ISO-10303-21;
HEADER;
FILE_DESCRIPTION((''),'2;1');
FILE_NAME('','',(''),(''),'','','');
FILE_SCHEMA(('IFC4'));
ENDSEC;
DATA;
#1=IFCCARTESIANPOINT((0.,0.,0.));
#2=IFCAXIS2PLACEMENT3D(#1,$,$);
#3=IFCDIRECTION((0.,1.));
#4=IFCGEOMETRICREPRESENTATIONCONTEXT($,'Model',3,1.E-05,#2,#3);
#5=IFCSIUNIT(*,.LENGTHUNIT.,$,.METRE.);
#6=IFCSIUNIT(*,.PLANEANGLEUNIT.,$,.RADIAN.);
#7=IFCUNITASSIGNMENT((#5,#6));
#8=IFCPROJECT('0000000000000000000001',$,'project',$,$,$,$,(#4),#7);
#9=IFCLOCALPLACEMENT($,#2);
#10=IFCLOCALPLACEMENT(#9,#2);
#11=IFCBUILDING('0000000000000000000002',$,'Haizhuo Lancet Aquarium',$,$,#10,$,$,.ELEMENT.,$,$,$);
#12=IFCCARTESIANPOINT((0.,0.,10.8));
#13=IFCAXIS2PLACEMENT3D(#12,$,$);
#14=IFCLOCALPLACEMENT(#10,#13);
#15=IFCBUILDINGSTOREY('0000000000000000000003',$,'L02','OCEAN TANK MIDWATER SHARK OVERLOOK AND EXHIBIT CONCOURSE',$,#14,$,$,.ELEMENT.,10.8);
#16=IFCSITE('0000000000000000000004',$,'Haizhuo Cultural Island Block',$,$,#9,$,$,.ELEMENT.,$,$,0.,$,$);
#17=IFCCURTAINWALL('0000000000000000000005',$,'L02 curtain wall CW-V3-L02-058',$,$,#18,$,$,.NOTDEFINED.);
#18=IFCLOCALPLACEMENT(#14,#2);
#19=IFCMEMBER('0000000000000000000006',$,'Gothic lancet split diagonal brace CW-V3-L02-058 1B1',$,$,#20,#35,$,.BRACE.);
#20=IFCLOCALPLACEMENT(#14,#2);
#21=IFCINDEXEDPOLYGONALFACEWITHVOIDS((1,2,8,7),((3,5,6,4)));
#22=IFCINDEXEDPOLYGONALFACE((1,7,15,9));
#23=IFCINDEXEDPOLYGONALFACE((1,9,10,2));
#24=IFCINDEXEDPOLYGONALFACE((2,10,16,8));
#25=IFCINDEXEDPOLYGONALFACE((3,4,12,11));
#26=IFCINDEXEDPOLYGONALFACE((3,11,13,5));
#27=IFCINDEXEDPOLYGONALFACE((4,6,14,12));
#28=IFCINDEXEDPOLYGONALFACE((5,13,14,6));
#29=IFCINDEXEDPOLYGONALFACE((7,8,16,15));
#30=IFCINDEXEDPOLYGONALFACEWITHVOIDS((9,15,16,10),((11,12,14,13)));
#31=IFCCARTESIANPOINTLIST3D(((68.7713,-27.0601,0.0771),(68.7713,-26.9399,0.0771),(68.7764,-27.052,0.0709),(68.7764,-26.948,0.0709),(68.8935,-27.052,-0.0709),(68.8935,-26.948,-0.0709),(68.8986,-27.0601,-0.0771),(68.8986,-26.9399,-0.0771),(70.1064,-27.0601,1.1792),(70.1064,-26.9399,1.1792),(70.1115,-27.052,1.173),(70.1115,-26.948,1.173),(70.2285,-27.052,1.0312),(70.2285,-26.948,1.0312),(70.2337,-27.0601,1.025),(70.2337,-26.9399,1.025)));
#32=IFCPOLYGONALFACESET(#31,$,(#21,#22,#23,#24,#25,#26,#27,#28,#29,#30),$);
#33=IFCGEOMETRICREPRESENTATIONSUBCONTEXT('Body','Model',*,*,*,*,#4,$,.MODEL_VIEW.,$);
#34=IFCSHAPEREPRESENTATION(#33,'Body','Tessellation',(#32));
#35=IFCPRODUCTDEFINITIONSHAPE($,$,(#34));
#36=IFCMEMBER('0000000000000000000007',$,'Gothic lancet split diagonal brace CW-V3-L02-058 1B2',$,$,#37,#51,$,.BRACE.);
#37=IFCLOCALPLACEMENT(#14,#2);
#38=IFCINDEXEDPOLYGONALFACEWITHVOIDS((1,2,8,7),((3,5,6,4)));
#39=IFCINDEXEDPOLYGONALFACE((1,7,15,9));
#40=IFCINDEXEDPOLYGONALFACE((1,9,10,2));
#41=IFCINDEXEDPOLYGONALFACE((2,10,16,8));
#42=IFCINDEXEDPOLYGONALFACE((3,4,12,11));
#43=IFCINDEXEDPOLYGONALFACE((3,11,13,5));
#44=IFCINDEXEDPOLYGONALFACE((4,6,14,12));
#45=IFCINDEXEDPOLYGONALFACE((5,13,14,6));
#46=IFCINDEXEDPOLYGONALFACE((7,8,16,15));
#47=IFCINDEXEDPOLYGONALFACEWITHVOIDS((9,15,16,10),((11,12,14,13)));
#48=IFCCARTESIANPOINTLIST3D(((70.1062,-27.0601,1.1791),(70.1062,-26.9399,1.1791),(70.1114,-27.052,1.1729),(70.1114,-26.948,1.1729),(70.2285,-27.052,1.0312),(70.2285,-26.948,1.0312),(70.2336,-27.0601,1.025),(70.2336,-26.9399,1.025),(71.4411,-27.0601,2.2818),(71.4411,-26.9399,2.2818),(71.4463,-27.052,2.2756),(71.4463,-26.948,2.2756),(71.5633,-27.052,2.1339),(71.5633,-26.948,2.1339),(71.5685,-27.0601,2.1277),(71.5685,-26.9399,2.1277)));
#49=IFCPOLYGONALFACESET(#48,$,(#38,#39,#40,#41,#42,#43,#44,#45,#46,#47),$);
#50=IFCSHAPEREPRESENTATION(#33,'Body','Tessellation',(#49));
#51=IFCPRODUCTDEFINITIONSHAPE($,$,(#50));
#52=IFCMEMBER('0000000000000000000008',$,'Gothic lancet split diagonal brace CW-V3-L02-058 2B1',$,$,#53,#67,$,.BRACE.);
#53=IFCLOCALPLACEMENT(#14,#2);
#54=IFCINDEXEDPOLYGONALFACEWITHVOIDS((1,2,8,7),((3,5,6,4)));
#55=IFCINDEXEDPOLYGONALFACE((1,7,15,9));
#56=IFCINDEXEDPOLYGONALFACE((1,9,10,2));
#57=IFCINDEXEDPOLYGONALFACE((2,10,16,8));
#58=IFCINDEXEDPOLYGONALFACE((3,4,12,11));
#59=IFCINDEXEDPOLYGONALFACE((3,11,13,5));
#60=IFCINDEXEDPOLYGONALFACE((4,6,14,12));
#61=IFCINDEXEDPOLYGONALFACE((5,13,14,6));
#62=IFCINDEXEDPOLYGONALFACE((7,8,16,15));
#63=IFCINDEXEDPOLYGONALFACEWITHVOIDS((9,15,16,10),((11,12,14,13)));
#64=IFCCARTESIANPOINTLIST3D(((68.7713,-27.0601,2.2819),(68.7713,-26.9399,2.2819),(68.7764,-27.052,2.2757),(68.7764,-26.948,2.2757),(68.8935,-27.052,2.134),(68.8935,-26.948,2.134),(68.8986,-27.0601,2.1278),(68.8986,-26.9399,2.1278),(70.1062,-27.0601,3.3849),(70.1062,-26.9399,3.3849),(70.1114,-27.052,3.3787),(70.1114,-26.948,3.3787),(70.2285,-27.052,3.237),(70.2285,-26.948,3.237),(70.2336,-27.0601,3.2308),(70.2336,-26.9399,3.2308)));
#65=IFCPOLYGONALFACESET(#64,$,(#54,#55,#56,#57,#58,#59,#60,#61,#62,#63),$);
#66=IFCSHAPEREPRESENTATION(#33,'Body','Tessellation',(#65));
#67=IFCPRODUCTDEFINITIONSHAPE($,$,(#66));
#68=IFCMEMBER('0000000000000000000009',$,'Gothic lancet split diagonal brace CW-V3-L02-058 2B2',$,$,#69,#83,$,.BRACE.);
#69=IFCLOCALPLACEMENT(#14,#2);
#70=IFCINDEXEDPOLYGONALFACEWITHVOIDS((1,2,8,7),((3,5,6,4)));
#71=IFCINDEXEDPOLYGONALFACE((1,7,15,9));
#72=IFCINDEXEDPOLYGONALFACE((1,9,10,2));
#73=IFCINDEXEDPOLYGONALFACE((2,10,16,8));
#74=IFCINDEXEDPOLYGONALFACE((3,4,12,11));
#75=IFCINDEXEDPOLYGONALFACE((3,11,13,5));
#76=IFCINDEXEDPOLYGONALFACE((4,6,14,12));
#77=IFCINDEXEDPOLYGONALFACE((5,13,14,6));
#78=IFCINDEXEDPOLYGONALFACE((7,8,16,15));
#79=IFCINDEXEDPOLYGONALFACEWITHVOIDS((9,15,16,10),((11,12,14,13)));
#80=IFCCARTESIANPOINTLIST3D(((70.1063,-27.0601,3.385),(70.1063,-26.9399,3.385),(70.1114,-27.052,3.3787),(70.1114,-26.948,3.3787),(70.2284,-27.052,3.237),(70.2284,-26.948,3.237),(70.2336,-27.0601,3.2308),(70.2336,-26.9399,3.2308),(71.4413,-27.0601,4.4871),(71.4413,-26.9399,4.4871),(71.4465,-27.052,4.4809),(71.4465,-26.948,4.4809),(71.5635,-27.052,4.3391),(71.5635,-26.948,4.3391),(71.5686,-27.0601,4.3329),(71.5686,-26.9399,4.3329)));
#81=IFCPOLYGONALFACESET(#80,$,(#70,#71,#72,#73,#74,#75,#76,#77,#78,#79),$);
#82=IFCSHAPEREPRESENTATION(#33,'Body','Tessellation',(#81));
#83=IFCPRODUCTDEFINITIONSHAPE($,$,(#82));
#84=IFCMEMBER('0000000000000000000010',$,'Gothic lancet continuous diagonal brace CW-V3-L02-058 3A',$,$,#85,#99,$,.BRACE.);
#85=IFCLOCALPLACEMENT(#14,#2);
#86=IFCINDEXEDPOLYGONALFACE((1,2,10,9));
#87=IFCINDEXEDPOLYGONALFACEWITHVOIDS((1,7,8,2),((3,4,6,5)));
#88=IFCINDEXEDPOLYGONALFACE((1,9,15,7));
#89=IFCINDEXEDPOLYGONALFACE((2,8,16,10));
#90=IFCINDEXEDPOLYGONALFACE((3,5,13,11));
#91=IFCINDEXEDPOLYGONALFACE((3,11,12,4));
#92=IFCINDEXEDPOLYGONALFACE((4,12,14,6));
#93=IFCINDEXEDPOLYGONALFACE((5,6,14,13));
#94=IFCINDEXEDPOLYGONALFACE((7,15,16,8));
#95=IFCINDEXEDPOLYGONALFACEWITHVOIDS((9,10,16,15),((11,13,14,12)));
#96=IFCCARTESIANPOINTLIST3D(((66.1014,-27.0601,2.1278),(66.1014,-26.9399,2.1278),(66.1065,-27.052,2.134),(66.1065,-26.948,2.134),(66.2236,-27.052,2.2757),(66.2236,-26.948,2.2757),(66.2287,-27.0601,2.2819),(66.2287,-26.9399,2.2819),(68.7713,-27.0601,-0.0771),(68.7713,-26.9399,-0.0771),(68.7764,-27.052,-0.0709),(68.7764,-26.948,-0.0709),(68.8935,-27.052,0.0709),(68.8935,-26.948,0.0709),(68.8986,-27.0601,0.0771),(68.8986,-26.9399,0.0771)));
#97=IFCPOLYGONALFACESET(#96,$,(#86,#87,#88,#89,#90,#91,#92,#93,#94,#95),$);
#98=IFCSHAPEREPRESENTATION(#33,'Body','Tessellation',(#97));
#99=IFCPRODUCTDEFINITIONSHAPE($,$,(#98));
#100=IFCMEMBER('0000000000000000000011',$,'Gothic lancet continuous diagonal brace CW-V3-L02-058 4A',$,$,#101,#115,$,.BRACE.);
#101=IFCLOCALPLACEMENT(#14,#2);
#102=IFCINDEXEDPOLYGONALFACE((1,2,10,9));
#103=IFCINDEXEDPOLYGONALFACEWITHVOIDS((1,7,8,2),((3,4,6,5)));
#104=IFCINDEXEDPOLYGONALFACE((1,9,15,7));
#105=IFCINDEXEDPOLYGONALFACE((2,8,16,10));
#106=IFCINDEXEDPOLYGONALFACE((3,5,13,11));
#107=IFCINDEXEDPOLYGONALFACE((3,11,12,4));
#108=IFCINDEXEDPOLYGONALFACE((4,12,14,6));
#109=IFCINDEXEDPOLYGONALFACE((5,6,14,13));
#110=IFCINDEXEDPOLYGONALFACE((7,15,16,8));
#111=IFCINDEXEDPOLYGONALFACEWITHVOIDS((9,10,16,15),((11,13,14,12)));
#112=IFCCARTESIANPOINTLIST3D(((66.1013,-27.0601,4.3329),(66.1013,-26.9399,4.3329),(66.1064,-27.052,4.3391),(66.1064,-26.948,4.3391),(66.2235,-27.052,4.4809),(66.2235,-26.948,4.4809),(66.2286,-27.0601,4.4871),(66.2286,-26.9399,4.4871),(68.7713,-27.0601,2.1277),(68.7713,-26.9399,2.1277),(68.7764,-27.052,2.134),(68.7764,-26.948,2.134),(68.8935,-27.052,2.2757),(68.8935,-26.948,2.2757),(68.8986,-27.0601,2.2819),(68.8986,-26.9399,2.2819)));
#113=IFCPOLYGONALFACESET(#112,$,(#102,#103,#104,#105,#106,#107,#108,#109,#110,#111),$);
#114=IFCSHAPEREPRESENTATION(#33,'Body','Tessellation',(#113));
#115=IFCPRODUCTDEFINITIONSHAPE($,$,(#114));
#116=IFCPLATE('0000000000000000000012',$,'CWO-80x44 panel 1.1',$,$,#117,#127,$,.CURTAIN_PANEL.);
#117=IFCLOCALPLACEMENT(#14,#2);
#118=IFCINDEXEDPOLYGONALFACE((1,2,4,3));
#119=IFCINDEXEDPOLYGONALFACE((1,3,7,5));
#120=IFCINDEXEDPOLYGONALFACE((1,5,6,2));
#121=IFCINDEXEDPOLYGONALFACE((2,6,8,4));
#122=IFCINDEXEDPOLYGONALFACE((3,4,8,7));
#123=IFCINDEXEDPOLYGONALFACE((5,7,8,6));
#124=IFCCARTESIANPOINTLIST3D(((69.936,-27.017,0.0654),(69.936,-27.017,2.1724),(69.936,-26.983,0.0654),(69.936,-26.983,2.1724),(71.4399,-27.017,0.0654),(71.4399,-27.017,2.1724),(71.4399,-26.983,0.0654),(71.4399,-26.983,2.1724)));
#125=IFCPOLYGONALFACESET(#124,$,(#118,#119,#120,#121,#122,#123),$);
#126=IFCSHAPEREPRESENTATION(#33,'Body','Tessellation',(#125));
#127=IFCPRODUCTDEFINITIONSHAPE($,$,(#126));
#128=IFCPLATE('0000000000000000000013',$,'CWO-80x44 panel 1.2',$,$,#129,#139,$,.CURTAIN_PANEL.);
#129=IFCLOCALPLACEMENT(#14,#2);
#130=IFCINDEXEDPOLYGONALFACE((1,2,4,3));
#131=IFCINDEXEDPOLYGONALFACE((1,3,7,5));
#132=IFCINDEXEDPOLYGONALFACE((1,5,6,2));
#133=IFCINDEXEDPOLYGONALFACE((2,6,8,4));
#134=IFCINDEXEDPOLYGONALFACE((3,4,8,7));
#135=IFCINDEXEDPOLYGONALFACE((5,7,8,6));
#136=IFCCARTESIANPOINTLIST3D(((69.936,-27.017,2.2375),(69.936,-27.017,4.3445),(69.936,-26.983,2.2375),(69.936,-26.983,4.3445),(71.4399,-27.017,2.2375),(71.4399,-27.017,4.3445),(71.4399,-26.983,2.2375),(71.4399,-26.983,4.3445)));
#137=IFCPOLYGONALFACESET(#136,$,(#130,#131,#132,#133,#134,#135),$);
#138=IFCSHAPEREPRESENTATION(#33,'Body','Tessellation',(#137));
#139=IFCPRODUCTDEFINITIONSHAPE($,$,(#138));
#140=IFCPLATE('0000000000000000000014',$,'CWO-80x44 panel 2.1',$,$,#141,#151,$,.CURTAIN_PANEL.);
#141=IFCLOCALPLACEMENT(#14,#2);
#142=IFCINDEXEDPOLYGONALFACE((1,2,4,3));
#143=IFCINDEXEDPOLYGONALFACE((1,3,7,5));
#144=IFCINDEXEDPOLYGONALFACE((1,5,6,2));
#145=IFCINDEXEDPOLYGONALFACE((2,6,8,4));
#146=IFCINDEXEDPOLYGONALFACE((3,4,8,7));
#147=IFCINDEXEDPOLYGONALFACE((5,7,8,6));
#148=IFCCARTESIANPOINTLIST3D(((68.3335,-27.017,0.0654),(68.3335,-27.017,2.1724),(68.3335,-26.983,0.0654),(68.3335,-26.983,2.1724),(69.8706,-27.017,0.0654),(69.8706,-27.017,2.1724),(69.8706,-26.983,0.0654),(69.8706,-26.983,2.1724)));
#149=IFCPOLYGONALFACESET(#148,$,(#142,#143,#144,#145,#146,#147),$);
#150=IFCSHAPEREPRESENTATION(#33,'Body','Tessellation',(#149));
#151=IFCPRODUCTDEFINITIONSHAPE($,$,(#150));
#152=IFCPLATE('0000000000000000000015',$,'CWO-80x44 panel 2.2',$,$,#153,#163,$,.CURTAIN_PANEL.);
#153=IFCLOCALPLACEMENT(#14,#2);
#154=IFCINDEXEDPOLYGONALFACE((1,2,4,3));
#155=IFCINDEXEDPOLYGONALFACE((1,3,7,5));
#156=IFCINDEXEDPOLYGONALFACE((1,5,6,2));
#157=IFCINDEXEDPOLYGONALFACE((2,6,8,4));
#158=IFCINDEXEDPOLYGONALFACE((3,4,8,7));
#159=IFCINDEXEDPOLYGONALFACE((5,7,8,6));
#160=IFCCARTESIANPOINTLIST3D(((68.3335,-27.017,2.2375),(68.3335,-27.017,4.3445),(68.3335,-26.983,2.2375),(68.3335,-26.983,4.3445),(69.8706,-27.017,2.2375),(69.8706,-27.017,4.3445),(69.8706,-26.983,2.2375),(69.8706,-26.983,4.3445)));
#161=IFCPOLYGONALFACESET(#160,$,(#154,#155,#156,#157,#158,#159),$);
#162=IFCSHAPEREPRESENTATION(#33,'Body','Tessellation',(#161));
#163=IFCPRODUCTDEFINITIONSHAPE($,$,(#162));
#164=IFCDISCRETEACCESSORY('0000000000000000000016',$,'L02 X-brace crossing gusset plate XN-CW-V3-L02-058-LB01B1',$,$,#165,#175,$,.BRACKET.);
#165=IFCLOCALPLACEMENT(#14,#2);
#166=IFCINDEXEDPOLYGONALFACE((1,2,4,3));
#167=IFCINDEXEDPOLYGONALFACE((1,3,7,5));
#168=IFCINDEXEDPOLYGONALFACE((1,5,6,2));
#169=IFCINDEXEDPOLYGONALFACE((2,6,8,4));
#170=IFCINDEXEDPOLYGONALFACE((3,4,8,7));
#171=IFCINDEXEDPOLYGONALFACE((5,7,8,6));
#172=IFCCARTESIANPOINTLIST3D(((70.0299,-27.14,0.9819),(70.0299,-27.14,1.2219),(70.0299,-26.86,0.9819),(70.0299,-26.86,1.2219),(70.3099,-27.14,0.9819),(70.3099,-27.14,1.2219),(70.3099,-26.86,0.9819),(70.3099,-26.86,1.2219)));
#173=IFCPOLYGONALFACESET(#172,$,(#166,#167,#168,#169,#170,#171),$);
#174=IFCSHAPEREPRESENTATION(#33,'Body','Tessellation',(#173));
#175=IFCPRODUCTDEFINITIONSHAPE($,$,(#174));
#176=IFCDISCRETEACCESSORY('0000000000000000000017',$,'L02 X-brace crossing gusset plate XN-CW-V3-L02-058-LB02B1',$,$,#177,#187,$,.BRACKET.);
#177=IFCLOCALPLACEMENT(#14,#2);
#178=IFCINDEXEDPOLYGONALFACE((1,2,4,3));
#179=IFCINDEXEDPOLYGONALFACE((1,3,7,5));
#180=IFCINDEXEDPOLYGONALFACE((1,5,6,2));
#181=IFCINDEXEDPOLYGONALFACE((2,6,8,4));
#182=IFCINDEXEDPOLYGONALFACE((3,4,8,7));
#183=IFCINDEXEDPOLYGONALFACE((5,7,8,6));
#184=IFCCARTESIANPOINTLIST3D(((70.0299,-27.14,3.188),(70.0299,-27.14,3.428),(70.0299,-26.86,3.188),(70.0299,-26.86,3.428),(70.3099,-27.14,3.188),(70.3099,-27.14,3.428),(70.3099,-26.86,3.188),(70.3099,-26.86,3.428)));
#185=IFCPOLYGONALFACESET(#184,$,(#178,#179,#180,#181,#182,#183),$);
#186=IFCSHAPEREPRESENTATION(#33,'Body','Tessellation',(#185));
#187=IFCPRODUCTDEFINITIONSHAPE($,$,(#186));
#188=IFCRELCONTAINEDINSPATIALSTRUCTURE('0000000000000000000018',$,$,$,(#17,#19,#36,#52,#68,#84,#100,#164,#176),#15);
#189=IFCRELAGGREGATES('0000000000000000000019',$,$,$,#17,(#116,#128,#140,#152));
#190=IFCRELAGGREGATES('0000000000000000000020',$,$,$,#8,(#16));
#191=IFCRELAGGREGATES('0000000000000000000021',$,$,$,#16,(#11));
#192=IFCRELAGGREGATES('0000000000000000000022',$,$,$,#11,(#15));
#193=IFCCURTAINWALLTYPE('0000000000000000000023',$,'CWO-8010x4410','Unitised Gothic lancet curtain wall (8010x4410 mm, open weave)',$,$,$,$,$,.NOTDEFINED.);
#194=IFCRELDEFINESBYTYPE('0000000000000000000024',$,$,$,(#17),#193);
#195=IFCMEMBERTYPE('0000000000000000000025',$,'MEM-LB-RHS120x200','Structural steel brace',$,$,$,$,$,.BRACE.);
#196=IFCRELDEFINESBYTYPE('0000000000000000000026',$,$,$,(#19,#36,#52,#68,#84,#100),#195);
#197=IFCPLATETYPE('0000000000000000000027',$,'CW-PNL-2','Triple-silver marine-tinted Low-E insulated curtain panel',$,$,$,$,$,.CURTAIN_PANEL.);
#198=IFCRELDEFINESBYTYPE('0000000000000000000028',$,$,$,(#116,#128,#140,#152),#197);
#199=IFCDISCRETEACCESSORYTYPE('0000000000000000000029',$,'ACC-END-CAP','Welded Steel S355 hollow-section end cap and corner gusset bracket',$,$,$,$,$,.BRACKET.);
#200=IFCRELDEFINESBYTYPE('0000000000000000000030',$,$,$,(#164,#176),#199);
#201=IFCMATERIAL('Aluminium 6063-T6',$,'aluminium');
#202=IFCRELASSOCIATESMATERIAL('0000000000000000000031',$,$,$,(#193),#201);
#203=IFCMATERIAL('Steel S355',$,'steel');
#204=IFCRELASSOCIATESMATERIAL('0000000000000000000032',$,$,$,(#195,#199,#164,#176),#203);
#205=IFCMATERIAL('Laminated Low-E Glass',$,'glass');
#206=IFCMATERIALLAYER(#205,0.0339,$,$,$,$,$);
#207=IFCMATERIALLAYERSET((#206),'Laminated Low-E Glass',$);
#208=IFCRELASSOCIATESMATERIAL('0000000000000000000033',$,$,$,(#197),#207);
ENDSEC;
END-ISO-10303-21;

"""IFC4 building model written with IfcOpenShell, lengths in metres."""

from ifc_helpers import new_model, si_unit, direction, frame, origin, origin_2d, place, context, subcontext, project, spatial, rectangle, hollow_rectangle, extrude, material, layer, layer_set, material_profile, profile_set, type_object, element, aggregate, save


model = new_model("IFC4")

# Units and contexts
model_context = context("Model", 3, precision=1e-05, world=origin(), true_north=direction((0.0, 1.0)))
body_context = subcontext(model_context, "Body", "Model", "MODEL_VIEW")
ifc_project = project(units=[si_unit("LENGTHUNIT", "METRE"), si_unit("PLANEANGLEUNIT", "RADIAN")], contexts=[model_context])

# Site, building, storey
site_placement = place(None, origin())
site = spatial("IfcSite", under=ifc_project, at=site_placement, Name="Haizhuo Cultural Island Block", CompositionType="ELEMENT", RefElevation=0.0)
building_placement = place(site_placement, origin())
building = spatial("IfcBuilding", under=site, at=building_placement, Name="Haizhuo Lancet Aquarium", CompositionType="ELEMENT")
storey_placement = place(building_placement, frame((0.0, 0.0, 10.8)))
storey = spatial("IfcBuildingStorey", under=building, at=storey_placement, Name="L02", Description="OCEAN TANK MIDWATER SHARK OVERLOOK AND EXHIBIT CONCOURSE", CompositionType="ELEMENT", Elevation=10.8)

# Curtain wall
ifc_material_1 = material(Name="Aluminium 6063-T6", Category="aluminium")
curtain_wall_type = type_object("IfcCurtainWallType", Name="CWO-8010x4410", Description="Unitised Gothic lancet curtain wall (8010x4410 mm, open weave)", PredefinedType="NOTDEFINED", material=ifc_material_1)
curtain_wall_placement = place(storey_placement, origin())
curtain_wall = element("IfcCurtainWall", 1, at=curtain_wall_placement, inside=storey, type_object=curtain_wall_type, Name="L02 curtain wall CW-V3-L02-058", PredefinedType="NOTDEFINED")

# Members
ifc_material_2 = material(Name="Steel S355", Category="steel")
ifc_material_profile_1 = material_profile(ifc_material_2, hollow_rectangle(XDim=0.1201, YDim=0.2, WallThickness=0.0081, at=origin_2d()), Name="RHS 120x200x8")
ifc_profile_set_1 = profile_set([ifc_material_profile_1], Name="Steel S355")
member_type_1 = type_object("IfcMemberType", Name="MEM-LB-RHS120x200", Description="Structural steel brace", PredefinedType="BRACE", material=ifc_profile_set_1)
member_1_placement = place(storey_placement, frame((68.835, -27.0, 0.0), z_axis=(0.771172, 0.0, 0.636626), x_axis=(0.0, 1.0, 0.0)))
element("IfcMember", 2, at=member_1_placement, inside=storey, type_object=member_type_1, Name="Gothic lancet split diagonal brace CW-V3-L02-058 1B1", PredefinedType="BRACE", context=body_context, shape_type="SweptSolid", body=[
    extrude(hollow_rectangle(XDim=0.1201, YDim=0.2, WallThickness=0.0081, at=origin_2d()), origin(), (0.0, 0.0, 1.0), 1.7312),
])
member_2_placement = place(storey_placement, frame((70.1699, -27.0, 1.1021), z_axis=(0.770965, 0.0, 0.636878), x_axis=(0.0, 1.0, 0.0)))
element("IfcMember", 3, at=member_2_placement, inside=storey, type_object=member_type_1, Name="Gothic lancet split diagonal brace CW-V3-L02-058 1B2", PredefinedType="BRACE", context=body_context, shape_type="SweptSolid", body=[
    extrude(hollow_rectangle(XDim=0.1201, YDim=0.2, WallThickness=0.0081, at=origin_2d()), origin(), (0.0, 0.0, 1.0), 1.7314),
])
member_3_placement = place(storey_placement, frame((68.835, -27.0, 2.2048), z_axis=(0.770896, 0.0, 0.636962), x_axis=(0.0, 1.0, 0.0)))
element("IfcMember", 4, at=member_3_placement, inside=storey, type_object=member_type_1, Name="Gothic lancet split diagonal brace CW-V3-L02-058 2B1", PredefinedType="BRACE", context=body_context, shape_type="SweptSolid", body=[
    extrude(hollow_rectangle(XDim=0.1201, YDim=0.2, WallThickness=0.0081, at=origin_2d()), origin(), (0.0, 0.0, 1.0), 1.7317),
])
member_4_placement = place(storey_placement, frame((70.1699, -27.0, 3.3079), z_axis=(0.771172, 0.0, 0.636626), x_axis=(0.0, 1.0, 0.0)))
element("IfcMember", 5, at=member_4_placement, inside=storey, type_object=member_type_1, Name="Gothic lancet split diagonal brace CW-V3-L02-058 2B2", PredefinedType="BRACE", context=body_context, shape_type="SweptSolid", body=[
    extrude(hollow_rectangle(XDim=0.1201, YDim=0.2, WallThickness=0.0081, at=origin_2d()), origin(), (0.0, 0.0, 1.0), 1.7312),
])
member_5_placement = place(storey_placement, frame((68.835, -27.0, 0.0), z_axis=(-0.771069, 0.0, 0.636752), x_axis=(0.0, -1.0, 0.0)))
element("IfcMember", 6, at=member_5_placement, inside=storey, type_object=member_type_1, Name="Gothic lancet continuous diagonal brace CW-V3-L02-058 3A", PredefinedType="BRACE", context=body_context, shape_type="SweptSolid", body=[
    extrude(hollow_rectangle(XDim=0.1201, YDim=0.2, WallThickness=0.0081, at=origin_2d()), origin(), (0.0, 0.0, 1.0), 3.4626),
])
member_6_placement = place(storey_placement, frame((68.835, -27.0, 2.2048), z_axis=(-0.771034, 0.0, 0.636794), x_axis=(0.0, -1.0, 0.0)))
element("IfcMember", 7, at=member_6_placement, inside=storey, type_object=member_type_1, Name="Gothic lancet continuous diagonal brace CW-V3-L02-058 4A", PredefinedType="BRACE", context=body_context, shape_type="SweptSolid", body=[
    extrude(hollow_rectangle(XDim=0.1201, YDim=0.2, WallThickness=0.0081, at=origin_2d()), origin(), (0.0, 0.0, 1.0), 3.4629),
])

# Plates
ifc_material_3 = material(Name="Laminated Low-E Glass", Category="glass")
ifc_layer_1 = layer(ifc_material_3, 0.0339)
ifc_layer_set_1 = layer_set([ifc_layer_1], Name="Laminated Low-E Glass")
plate_type = type_object("IfcPlateType", Name="CW-PNL-2", Description="Triple-silver marine-tinted Low-E insulated curtain panel", PredefinedType="CURTAIN_PANEL", material=ifc_layer_set_1)
plate_1_placement = place(storey_placement, frame((70.688, -27.0, 0.0654), z_axis=(0.0, 0.0, 1.0), x_axis=(-1.0, 0.0, 0.0)))
plate_1 = element("IfcPlate", 8, at=plate_1_placement, type_object=plate_type, Name="CWO-80x44 panel 1.1", PredefinedType="CURTAIN_PANEL", context=body_context, shape_type="SweptSolid", body=[
    extrude(rectangle(XDim=1.5039, YDim=0.0339, at=origin_2d()), origin(), (0.0, 0.0, 1.0), 2.1069),
])
plate_2_placement = place(storey_placement, frame((70.688, -27.0, 2.2375), z_axis=(0.0, 0.0, 1.0), x_axis=(-1.0, 0.0, 0.0)))
plate_2 = element("IfcPlate", 9, at=plate_2_placement, type_object=plate_type, Name="CWO-80x44 panel 1.2", PredefinedType="CURTAIN_PANEL", context=body_context, shape_type="SweptSolid", body=[
    extrude(rectangle(XDim=1.5039, YDim=0.0339, at=origin_2d()), origin(), (0.0, 0.0, 1.0), 2.1069),
])
plate_3_placement = place(storey_placement, frame((69.1021, -27.0, 0.0654), z_axis=(0.0, 0.0, 1.0), x_axis=(-1.0, 0.0, 0.0)))
plate_3 = element("IfcPlate", 10, at=plate_3_placement, type_object=plate_type, Name="CWO-80x44 panel 2.1", PredefinedType="CURTAIN_PANEL", context=body_context, shape_type="SweptSolid", body=[
    extrude(rectangle(XDim=1.5371, YDim=0.0339, at=origin_2d()), origin(), (0.0, 0.0, 1.0), 2.1069),
])
plate_4_placement = place(storey_placement, frame((69.1021, -27.0, 2.2375), z_axis=(0.0, 0.0, 1.0), x_axis=(-1.0, 0.0, 0.0)))
plate_4 = element("IfcPlate", 11, at=plate_4_placement, type_object=plate_type, Name="CWO-80x44 panel 2.2", PredefinedType="CURTAIN_PANEL", context=body_context, shape_type="SweptSolid", body=[
    extrude(rectangle(XDim=1.5371, YDim=0.0339, at=origin_2d()), origin(), (0.0, 0.0, 1.0), 2.1069),
])
aggregate(curtain_wall, [plate_1, plate_2, plate_3, plate_4])

# Discrete accessories
discrete_accessory_type = type_object("IfcDiscreteAccessoryType", Name="ACC-END-CAP", Description="Welded Steel S355 hollow-section end cap and corner gusset bracket", PredefinedType="BRACKET", material=ifc_material_2)
for number, where, z_axis, x_axis, name in (
    (12, (70.1699, -27.0, 0.9819), (0.0, 0.0, 1.0), (1.0, 0.0, 0.0), "L02 X-brace crossing gusset plate XN-CW-V3-L02-058-LB01B1"),
    (13, (70.1699, -27.0, 3.188), (0.0, 0.0, 1.0), (1.0, 0.0, 0.0), "L02 X-brace crossing gusset plate XN-CW-V3-L02-058-LB02B1"),
):
    element("IfcDiscreteAccessory", number, at=place(storey_placement, frame(where, z_axis=z_axis, x_axis=x_axis)), inside=storey, type_object=discrete_accessory_type, material=ifc_material_2, Name=name, PredefinedType="BRACKET", context=body_context, shape_type="SweptSolid", body=[
        extrude(rectangle(XDim=0.28, YDim=0.28, at=origin_2d()), origin(), (0.0, 0.0, 1.0), 0.24),
    ])

save(model, "model.ifc")
